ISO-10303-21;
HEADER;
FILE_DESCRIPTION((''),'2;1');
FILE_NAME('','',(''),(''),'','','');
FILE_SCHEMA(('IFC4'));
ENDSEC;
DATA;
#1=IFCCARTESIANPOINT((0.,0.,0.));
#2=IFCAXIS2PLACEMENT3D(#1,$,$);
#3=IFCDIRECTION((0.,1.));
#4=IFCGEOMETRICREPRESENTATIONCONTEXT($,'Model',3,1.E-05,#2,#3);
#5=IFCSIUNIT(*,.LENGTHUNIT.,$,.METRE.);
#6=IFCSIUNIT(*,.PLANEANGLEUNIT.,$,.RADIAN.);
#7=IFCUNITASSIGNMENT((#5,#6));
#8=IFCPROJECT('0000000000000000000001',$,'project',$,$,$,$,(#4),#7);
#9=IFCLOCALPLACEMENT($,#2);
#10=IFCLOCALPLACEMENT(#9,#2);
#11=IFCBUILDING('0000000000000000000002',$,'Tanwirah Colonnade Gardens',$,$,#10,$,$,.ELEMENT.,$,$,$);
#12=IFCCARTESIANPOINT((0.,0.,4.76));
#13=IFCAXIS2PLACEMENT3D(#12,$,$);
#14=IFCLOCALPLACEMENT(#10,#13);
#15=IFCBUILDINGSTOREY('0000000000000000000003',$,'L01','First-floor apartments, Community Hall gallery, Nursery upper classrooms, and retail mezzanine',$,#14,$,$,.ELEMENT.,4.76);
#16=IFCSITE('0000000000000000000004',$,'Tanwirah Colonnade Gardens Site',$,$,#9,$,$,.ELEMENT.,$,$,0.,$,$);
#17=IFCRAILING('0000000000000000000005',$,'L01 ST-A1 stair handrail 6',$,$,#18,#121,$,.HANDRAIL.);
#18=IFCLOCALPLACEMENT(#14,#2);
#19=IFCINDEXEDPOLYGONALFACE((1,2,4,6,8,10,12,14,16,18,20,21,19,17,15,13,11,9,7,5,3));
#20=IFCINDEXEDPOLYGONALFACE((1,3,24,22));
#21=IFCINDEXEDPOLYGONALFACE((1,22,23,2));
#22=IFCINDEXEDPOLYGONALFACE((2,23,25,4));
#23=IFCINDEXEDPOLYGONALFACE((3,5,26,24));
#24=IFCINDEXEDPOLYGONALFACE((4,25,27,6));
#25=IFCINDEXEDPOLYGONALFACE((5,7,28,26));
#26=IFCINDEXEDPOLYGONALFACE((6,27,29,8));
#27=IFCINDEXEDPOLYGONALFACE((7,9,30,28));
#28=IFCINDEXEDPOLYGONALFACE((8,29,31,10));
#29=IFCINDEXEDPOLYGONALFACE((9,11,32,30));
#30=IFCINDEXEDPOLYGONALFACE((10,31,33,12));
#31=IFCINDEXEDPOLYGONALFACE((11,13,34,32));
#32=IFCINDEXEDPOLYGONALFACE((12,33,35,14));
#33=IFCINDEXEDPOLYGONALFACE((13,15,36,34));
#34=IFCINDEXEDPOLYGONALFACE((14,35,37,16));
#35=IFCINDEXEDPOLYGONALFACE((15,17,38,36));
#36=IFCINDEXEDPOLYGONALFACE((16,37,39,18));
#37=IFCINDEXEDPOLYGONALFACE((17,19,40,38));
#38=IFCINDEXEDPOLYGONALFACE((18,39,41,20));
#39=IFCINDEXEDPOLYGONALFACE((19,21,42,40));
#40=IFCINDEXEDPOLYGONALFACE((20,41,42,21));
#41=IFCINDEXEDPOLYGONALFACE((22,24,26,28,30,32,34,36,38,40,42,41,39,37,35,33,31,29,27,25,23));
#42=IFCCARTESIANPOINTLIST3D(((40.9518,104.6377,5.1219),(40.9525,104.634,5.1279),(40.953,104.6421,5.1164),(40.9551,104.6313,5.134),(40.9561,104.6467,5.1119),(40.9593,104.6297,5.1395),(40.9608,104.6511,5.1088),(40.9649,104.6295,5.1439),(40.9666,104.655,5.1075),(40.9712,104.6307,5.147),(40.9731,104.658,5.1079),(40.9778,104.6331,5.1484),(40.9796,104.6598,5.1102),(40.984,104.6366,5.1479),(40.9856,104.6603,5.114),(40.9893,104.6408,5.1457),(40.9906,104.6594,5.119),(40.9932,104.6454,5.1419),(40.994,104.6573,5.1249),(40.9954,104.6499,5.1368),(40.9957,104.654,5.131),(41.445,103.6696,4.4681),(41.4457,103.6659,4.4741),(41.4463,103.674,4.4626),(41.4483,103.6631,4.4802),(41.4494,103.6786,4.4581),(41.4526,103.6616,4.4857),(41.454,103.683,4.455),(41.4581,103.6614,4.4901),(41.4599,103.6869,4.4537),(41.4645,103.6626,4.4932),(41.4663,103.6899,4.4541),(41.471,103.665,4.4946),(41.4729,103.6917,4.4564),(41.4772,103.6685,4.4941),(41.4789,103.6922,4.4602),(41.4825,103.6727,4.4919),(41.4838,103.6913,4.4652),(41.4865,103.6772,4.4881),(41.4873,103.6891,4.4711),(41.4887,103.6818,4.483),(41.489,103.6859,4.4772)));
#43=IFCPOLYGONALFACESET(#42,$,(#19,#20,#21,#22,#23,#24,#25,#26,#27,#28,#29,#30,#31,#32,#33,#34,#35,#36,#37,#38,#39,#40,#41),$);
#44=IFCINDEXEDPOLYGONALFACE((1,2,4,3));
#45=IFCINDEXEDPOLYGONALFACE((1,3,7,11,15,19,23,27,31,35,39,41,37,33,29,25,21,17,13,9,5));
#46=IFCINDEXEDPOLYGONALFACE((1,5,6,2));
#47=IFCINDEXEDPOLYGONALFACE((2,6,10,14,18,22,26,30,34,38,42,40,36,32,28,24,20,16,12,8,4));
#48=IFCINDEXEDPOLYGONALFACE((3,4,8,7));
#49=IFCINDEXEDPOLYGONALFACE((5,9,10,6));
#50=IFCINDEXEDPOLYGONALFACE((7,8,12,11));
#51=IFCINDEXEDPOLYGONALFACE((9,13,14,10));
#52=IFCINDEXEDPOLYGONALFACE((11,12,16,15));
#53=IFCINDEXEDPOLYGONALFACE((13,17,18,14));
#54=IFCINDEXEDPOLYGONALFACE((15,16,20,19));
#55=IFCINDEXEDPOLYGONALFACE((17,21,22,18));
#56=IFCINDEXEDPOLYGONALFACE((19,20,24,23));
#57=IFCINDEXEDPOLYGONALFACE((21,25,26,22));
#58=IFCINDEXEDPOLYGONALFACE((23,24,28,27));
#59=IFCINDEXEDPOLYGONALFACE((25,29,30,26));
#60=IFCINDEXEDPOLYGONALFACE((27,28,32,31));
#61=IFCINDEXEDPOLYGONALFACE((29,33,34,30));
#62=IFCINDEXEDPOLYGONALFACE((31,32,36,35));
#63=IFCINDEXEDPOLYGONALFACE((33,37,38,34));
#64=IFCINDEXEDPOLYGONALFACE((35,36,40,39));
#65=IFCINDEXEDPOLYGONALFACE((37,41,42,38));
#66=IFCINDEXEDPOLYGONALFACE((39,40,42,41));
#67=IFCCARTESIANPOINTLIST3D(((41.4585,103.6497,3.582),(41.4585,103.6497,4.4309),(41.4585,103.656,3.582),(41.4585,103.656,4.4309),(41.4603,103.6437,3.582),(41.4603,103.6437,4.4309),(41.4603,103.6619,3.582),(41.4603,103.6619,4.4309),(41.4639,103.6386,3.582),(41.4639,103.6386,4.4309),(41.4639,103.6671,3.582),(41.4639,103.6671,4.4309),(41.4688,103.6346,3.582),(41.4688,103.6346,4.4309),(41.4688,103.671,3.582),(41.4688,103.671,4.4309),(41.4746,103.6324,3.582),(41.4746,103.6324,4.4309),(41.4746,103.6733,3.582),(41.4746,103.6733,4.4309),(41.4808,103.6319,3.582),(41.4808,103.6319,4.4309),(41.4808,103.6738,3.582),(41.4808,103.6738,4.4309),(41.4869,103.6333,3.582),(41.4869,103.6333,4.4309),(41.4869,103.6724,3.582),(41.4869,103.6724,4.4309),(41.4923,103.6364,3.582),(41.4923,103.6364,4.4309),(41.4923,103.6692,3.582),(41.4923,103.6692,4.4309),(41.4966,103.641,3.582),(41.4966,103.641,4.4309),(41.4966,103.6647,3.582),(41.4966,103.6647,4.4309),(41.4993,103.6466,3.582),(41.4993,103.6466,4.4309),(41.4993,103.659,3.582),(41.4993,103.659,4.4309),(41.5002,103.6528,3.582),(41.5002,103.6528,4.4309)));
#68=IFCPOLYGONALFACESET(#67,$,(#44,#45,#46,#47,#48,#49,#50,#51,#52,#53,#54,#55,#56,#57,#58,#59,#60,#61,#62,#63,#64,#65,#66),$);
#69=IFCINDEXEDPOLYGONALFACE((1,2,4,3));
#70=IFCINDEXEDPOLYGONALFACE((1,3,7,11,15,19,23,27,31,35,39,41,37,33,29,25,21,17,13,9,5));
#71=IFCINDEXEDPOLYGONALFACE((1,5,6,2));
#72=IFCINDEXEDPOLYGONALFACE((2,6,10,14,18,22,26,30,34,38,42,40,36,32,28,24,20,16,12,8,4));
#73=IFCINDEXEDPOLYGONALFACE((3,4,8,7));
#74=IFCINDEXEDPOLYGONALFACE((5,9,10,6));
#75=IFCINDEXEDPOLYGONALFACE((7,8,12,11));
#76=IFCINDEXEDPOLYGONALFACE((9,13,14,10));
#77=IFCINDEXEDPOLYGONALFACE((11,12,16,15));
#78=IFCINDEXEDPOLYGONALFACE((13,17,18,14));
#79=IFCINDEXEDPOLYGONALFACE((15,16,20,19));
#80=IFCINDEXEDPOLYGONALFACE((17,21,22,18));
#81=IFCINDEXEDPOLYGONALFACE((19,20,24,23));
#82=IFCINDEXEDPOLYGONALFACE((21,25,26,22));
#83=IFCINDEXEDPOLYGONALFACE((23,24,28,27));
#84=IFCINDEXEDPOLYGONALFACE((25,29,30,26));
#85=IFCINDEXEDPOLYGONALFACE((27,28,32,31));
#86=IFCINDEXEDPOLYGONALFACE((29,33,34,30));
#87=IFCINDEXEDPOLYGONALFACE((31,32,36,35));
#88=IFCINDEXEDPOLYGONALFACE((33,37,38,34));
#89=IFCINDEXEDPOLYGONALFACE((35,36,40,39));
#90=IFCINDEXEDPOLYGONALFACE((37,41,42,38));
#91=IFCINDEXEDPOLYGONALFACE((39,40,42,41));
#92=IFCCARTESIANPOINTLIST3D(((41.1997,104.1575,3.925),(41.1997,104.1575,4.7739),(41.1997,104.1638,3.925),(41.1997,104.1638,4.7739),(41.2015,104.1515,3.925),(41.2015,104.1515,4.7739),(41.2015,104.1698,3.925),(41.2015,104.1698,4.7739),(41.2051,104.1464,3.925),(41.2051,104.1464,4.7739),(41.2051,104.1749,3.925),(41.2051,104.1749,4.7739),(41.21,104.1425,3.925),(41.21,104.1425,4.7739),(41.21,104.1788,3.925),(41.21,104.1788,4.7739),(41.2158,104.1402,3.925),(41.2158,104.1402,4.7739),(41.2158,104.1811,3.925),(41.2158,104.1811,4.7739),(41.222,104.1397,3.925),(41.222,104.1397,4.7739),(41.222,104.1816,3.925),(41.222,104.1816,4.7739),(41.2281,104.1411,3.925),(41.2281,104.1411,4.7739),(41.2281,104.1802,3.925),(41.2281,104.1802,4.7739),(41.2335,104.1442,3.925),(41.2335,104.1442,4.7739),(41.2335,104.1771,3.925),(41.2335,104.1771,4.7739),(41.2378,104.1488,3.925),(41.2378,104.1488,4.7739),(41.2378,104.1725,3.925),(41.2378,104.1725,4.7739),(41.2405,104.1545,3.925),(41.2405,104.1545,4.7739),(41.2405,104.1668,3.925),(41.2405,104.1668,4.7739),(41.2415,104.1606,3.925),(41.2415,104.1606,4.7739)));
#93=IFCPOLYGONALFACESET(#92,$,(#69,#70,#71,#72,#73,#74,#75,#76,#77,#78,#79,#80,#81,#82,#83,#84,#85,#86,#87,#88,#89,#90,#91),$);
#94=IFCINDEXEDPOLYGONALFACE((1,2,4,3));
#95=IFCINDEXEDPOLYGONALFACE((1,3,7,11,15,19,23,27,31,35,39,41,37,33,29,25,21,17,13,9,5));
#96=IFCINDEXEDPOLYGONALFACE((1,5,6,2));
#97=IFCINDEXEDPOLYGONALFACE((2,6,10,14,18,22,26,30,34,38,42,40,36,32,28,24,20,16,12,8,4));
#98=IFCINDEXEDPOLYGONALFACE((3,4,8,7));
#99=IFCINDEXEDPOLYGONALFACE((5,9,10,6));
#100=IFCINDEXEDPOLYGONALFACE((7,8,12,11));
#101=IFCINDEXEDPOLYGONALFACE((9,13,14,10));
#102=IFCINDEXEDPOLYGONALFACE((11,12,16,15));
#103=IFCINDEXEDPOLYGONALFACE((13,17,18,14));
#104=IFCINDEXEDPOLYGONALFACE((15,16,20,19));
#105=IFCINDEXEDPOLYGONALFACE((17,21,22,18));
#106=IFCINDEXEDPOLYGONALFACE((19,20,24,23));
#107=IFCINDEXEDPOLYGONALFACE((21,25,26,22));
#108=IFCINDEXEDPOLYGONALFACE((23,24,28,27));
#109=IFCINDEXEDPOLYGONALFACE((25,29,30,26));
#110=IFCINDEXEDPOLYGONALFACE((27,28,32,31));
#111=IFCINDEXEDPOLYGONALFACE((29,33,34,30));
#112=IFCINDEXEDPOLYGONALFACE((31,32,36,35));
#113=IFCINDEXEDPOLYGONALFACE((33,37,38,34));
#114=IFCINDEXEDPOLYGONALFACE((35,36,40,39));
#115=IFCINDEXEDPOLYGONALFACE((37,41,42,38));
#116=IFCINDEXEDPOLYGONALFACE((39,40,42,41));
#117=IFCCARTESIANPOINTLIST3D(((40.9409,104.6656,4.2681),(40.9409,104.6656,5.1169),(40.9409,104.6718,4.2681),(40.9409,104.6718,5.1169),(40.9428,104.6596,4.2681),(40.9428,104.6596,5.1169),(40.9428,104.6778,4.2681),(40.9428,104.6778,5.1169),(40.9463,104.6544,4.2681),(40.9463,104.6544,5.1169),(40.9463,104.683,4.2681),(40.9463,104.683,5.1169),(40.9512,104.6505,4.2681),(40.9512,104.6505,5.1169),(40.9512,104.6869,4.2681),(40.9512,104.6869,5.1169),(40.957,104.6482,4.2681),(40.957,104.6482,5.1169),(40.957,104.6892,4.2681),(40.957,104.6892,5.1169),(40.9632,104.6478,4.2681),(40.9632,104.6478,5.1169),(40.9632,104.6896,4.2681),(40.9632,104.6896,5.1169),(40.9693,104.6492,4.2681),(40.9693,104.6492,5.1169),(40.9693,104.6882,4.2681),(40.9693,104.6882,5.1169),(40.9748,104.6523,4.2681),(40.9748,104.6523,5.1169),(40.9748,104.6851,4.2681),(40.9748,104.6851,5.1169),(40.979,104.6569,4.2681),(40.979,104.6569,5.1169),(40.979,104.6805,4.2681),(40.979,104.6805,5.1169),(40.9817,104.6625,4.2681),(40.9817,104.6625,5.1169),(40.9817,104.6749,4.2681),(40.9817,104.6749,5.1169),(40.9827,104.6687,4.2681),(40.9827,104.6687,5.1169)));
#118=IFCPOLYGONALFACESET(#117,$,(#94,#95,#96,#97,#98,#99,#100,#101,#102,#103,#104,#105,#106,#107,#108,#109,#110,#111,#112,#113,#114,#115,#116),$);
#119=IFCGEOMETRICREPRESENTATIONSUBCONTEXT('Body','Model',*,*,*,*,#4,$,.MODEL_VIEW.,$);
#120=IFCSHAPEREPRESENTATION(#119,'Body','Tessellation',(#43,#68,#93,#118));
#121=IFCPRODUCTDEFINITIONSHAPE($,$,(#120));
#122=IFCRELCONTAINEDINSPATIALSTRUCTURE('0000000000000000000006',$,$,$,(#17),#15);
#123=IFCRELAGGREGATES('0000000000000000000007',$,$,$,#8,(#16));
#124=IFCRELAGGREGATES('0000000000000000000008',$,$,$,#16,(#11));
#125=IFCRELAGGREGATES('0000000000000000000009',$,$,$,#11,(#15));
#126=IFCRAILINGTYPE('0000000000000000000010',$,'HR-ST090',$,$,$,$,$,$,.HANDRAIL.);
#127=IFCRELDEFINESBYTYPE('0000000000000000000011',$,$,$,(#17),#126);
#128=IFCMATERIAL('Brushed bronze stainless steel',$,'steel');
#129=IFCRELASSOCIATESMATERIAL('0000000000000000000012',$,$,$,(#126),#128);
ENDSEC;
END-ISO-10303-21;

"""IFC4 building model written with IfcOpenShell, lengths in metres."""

from ifc_helpers import new_model, si_unit, direction, frame, origin, origin_2d, place, context, subcontext, project, spatial, circle, extrude, material, type_object, element, save


model = new_model("IFC4")

# Units and contexts
model_context = context("Model", 3, precision=1e-05, world=origin(), true_north=direction((0.0, 1.0)))
body_context = subcontext(model_context, "Body", "Model", "MODEL_VIEW")
ifc_project = project(units=[si_unit("LENGTHUNIT", "METRE"), si_unit("PLANEANGLEUNIT", "RADIAN")], contexts=[model_context])

# Site, building, storey
site_placement = place(None, origin())
site = spatial("IfcSite", under=ifc_project, at=site_placement, Name="Tanwirah Colonnade Gardens Site", CompositionType="ELEMENT", RefElevation=0.0)
building_placement = place(site_placement, origin())
building = spatial("IfcBuilding", under=site, at=building_placement, Name="Tanwirah Colonnade Gardens", CompositionType="ELEMENT")
storey_placement = place(building_placement, frame((0.0, 0.0, 4.76)))
storey = spatial("IfcBuildingStorey", under=building, at=storey_placement, Name="L01", Description="First-floor apartments, Community Hall gallery, Nursery upper classrooms, and retail mezzanine", CompositionType="ELEMENT", Elevation=4.76)

# Railing
ifc_material_1 = material(Name="Brushed bronze stainless steel", Category="steel")
railing_type_1 = type_object("IfcRailingType", Name="HR-ST090", PredefinedType="HANDRAIL", material=ifc_material_1)
railing_1_placement = place(storey_placement, frame((41.4792, 103.6528, 3.582)))
element("IfcRailing", 1, at=railing_1_placement, inside=storey, type_object=railing_type_1, Name="L01 ST-A1 stair handrail 6", PredefinedType="HANDRAIL", context=body_context, shape_type="SweptSolid", body=[
    extrude(circle(Radius=0.0239, at=origin_2d()), frame((-0.0122, 0.0239, 0.8921), z_axis=(-0.388978, 0.763462, 0.51558), x_axis=(-0.891018, -0.453967, 0.0)), (0.0, 0.0, 1.0), 1.2681),
    extrude(circle(Radius=0.021, at=origin_2d()), origin(), (0.0, 0.0, 1.0), 0.8489),
    extrude(circle(Radius=0.021, at=origin_2d()), frame((-0.2588, 0.5078, 0.343)), (0.0, 0.0, 1.0), 0.8489),
    extrude(circle(Radius=0.021, at=origin_2d()), frame((-0.5176, 1.0159, 0.686)), (0.0, 0.0, 1.0), 0.8489),
])

save(model, "model.ifc")
